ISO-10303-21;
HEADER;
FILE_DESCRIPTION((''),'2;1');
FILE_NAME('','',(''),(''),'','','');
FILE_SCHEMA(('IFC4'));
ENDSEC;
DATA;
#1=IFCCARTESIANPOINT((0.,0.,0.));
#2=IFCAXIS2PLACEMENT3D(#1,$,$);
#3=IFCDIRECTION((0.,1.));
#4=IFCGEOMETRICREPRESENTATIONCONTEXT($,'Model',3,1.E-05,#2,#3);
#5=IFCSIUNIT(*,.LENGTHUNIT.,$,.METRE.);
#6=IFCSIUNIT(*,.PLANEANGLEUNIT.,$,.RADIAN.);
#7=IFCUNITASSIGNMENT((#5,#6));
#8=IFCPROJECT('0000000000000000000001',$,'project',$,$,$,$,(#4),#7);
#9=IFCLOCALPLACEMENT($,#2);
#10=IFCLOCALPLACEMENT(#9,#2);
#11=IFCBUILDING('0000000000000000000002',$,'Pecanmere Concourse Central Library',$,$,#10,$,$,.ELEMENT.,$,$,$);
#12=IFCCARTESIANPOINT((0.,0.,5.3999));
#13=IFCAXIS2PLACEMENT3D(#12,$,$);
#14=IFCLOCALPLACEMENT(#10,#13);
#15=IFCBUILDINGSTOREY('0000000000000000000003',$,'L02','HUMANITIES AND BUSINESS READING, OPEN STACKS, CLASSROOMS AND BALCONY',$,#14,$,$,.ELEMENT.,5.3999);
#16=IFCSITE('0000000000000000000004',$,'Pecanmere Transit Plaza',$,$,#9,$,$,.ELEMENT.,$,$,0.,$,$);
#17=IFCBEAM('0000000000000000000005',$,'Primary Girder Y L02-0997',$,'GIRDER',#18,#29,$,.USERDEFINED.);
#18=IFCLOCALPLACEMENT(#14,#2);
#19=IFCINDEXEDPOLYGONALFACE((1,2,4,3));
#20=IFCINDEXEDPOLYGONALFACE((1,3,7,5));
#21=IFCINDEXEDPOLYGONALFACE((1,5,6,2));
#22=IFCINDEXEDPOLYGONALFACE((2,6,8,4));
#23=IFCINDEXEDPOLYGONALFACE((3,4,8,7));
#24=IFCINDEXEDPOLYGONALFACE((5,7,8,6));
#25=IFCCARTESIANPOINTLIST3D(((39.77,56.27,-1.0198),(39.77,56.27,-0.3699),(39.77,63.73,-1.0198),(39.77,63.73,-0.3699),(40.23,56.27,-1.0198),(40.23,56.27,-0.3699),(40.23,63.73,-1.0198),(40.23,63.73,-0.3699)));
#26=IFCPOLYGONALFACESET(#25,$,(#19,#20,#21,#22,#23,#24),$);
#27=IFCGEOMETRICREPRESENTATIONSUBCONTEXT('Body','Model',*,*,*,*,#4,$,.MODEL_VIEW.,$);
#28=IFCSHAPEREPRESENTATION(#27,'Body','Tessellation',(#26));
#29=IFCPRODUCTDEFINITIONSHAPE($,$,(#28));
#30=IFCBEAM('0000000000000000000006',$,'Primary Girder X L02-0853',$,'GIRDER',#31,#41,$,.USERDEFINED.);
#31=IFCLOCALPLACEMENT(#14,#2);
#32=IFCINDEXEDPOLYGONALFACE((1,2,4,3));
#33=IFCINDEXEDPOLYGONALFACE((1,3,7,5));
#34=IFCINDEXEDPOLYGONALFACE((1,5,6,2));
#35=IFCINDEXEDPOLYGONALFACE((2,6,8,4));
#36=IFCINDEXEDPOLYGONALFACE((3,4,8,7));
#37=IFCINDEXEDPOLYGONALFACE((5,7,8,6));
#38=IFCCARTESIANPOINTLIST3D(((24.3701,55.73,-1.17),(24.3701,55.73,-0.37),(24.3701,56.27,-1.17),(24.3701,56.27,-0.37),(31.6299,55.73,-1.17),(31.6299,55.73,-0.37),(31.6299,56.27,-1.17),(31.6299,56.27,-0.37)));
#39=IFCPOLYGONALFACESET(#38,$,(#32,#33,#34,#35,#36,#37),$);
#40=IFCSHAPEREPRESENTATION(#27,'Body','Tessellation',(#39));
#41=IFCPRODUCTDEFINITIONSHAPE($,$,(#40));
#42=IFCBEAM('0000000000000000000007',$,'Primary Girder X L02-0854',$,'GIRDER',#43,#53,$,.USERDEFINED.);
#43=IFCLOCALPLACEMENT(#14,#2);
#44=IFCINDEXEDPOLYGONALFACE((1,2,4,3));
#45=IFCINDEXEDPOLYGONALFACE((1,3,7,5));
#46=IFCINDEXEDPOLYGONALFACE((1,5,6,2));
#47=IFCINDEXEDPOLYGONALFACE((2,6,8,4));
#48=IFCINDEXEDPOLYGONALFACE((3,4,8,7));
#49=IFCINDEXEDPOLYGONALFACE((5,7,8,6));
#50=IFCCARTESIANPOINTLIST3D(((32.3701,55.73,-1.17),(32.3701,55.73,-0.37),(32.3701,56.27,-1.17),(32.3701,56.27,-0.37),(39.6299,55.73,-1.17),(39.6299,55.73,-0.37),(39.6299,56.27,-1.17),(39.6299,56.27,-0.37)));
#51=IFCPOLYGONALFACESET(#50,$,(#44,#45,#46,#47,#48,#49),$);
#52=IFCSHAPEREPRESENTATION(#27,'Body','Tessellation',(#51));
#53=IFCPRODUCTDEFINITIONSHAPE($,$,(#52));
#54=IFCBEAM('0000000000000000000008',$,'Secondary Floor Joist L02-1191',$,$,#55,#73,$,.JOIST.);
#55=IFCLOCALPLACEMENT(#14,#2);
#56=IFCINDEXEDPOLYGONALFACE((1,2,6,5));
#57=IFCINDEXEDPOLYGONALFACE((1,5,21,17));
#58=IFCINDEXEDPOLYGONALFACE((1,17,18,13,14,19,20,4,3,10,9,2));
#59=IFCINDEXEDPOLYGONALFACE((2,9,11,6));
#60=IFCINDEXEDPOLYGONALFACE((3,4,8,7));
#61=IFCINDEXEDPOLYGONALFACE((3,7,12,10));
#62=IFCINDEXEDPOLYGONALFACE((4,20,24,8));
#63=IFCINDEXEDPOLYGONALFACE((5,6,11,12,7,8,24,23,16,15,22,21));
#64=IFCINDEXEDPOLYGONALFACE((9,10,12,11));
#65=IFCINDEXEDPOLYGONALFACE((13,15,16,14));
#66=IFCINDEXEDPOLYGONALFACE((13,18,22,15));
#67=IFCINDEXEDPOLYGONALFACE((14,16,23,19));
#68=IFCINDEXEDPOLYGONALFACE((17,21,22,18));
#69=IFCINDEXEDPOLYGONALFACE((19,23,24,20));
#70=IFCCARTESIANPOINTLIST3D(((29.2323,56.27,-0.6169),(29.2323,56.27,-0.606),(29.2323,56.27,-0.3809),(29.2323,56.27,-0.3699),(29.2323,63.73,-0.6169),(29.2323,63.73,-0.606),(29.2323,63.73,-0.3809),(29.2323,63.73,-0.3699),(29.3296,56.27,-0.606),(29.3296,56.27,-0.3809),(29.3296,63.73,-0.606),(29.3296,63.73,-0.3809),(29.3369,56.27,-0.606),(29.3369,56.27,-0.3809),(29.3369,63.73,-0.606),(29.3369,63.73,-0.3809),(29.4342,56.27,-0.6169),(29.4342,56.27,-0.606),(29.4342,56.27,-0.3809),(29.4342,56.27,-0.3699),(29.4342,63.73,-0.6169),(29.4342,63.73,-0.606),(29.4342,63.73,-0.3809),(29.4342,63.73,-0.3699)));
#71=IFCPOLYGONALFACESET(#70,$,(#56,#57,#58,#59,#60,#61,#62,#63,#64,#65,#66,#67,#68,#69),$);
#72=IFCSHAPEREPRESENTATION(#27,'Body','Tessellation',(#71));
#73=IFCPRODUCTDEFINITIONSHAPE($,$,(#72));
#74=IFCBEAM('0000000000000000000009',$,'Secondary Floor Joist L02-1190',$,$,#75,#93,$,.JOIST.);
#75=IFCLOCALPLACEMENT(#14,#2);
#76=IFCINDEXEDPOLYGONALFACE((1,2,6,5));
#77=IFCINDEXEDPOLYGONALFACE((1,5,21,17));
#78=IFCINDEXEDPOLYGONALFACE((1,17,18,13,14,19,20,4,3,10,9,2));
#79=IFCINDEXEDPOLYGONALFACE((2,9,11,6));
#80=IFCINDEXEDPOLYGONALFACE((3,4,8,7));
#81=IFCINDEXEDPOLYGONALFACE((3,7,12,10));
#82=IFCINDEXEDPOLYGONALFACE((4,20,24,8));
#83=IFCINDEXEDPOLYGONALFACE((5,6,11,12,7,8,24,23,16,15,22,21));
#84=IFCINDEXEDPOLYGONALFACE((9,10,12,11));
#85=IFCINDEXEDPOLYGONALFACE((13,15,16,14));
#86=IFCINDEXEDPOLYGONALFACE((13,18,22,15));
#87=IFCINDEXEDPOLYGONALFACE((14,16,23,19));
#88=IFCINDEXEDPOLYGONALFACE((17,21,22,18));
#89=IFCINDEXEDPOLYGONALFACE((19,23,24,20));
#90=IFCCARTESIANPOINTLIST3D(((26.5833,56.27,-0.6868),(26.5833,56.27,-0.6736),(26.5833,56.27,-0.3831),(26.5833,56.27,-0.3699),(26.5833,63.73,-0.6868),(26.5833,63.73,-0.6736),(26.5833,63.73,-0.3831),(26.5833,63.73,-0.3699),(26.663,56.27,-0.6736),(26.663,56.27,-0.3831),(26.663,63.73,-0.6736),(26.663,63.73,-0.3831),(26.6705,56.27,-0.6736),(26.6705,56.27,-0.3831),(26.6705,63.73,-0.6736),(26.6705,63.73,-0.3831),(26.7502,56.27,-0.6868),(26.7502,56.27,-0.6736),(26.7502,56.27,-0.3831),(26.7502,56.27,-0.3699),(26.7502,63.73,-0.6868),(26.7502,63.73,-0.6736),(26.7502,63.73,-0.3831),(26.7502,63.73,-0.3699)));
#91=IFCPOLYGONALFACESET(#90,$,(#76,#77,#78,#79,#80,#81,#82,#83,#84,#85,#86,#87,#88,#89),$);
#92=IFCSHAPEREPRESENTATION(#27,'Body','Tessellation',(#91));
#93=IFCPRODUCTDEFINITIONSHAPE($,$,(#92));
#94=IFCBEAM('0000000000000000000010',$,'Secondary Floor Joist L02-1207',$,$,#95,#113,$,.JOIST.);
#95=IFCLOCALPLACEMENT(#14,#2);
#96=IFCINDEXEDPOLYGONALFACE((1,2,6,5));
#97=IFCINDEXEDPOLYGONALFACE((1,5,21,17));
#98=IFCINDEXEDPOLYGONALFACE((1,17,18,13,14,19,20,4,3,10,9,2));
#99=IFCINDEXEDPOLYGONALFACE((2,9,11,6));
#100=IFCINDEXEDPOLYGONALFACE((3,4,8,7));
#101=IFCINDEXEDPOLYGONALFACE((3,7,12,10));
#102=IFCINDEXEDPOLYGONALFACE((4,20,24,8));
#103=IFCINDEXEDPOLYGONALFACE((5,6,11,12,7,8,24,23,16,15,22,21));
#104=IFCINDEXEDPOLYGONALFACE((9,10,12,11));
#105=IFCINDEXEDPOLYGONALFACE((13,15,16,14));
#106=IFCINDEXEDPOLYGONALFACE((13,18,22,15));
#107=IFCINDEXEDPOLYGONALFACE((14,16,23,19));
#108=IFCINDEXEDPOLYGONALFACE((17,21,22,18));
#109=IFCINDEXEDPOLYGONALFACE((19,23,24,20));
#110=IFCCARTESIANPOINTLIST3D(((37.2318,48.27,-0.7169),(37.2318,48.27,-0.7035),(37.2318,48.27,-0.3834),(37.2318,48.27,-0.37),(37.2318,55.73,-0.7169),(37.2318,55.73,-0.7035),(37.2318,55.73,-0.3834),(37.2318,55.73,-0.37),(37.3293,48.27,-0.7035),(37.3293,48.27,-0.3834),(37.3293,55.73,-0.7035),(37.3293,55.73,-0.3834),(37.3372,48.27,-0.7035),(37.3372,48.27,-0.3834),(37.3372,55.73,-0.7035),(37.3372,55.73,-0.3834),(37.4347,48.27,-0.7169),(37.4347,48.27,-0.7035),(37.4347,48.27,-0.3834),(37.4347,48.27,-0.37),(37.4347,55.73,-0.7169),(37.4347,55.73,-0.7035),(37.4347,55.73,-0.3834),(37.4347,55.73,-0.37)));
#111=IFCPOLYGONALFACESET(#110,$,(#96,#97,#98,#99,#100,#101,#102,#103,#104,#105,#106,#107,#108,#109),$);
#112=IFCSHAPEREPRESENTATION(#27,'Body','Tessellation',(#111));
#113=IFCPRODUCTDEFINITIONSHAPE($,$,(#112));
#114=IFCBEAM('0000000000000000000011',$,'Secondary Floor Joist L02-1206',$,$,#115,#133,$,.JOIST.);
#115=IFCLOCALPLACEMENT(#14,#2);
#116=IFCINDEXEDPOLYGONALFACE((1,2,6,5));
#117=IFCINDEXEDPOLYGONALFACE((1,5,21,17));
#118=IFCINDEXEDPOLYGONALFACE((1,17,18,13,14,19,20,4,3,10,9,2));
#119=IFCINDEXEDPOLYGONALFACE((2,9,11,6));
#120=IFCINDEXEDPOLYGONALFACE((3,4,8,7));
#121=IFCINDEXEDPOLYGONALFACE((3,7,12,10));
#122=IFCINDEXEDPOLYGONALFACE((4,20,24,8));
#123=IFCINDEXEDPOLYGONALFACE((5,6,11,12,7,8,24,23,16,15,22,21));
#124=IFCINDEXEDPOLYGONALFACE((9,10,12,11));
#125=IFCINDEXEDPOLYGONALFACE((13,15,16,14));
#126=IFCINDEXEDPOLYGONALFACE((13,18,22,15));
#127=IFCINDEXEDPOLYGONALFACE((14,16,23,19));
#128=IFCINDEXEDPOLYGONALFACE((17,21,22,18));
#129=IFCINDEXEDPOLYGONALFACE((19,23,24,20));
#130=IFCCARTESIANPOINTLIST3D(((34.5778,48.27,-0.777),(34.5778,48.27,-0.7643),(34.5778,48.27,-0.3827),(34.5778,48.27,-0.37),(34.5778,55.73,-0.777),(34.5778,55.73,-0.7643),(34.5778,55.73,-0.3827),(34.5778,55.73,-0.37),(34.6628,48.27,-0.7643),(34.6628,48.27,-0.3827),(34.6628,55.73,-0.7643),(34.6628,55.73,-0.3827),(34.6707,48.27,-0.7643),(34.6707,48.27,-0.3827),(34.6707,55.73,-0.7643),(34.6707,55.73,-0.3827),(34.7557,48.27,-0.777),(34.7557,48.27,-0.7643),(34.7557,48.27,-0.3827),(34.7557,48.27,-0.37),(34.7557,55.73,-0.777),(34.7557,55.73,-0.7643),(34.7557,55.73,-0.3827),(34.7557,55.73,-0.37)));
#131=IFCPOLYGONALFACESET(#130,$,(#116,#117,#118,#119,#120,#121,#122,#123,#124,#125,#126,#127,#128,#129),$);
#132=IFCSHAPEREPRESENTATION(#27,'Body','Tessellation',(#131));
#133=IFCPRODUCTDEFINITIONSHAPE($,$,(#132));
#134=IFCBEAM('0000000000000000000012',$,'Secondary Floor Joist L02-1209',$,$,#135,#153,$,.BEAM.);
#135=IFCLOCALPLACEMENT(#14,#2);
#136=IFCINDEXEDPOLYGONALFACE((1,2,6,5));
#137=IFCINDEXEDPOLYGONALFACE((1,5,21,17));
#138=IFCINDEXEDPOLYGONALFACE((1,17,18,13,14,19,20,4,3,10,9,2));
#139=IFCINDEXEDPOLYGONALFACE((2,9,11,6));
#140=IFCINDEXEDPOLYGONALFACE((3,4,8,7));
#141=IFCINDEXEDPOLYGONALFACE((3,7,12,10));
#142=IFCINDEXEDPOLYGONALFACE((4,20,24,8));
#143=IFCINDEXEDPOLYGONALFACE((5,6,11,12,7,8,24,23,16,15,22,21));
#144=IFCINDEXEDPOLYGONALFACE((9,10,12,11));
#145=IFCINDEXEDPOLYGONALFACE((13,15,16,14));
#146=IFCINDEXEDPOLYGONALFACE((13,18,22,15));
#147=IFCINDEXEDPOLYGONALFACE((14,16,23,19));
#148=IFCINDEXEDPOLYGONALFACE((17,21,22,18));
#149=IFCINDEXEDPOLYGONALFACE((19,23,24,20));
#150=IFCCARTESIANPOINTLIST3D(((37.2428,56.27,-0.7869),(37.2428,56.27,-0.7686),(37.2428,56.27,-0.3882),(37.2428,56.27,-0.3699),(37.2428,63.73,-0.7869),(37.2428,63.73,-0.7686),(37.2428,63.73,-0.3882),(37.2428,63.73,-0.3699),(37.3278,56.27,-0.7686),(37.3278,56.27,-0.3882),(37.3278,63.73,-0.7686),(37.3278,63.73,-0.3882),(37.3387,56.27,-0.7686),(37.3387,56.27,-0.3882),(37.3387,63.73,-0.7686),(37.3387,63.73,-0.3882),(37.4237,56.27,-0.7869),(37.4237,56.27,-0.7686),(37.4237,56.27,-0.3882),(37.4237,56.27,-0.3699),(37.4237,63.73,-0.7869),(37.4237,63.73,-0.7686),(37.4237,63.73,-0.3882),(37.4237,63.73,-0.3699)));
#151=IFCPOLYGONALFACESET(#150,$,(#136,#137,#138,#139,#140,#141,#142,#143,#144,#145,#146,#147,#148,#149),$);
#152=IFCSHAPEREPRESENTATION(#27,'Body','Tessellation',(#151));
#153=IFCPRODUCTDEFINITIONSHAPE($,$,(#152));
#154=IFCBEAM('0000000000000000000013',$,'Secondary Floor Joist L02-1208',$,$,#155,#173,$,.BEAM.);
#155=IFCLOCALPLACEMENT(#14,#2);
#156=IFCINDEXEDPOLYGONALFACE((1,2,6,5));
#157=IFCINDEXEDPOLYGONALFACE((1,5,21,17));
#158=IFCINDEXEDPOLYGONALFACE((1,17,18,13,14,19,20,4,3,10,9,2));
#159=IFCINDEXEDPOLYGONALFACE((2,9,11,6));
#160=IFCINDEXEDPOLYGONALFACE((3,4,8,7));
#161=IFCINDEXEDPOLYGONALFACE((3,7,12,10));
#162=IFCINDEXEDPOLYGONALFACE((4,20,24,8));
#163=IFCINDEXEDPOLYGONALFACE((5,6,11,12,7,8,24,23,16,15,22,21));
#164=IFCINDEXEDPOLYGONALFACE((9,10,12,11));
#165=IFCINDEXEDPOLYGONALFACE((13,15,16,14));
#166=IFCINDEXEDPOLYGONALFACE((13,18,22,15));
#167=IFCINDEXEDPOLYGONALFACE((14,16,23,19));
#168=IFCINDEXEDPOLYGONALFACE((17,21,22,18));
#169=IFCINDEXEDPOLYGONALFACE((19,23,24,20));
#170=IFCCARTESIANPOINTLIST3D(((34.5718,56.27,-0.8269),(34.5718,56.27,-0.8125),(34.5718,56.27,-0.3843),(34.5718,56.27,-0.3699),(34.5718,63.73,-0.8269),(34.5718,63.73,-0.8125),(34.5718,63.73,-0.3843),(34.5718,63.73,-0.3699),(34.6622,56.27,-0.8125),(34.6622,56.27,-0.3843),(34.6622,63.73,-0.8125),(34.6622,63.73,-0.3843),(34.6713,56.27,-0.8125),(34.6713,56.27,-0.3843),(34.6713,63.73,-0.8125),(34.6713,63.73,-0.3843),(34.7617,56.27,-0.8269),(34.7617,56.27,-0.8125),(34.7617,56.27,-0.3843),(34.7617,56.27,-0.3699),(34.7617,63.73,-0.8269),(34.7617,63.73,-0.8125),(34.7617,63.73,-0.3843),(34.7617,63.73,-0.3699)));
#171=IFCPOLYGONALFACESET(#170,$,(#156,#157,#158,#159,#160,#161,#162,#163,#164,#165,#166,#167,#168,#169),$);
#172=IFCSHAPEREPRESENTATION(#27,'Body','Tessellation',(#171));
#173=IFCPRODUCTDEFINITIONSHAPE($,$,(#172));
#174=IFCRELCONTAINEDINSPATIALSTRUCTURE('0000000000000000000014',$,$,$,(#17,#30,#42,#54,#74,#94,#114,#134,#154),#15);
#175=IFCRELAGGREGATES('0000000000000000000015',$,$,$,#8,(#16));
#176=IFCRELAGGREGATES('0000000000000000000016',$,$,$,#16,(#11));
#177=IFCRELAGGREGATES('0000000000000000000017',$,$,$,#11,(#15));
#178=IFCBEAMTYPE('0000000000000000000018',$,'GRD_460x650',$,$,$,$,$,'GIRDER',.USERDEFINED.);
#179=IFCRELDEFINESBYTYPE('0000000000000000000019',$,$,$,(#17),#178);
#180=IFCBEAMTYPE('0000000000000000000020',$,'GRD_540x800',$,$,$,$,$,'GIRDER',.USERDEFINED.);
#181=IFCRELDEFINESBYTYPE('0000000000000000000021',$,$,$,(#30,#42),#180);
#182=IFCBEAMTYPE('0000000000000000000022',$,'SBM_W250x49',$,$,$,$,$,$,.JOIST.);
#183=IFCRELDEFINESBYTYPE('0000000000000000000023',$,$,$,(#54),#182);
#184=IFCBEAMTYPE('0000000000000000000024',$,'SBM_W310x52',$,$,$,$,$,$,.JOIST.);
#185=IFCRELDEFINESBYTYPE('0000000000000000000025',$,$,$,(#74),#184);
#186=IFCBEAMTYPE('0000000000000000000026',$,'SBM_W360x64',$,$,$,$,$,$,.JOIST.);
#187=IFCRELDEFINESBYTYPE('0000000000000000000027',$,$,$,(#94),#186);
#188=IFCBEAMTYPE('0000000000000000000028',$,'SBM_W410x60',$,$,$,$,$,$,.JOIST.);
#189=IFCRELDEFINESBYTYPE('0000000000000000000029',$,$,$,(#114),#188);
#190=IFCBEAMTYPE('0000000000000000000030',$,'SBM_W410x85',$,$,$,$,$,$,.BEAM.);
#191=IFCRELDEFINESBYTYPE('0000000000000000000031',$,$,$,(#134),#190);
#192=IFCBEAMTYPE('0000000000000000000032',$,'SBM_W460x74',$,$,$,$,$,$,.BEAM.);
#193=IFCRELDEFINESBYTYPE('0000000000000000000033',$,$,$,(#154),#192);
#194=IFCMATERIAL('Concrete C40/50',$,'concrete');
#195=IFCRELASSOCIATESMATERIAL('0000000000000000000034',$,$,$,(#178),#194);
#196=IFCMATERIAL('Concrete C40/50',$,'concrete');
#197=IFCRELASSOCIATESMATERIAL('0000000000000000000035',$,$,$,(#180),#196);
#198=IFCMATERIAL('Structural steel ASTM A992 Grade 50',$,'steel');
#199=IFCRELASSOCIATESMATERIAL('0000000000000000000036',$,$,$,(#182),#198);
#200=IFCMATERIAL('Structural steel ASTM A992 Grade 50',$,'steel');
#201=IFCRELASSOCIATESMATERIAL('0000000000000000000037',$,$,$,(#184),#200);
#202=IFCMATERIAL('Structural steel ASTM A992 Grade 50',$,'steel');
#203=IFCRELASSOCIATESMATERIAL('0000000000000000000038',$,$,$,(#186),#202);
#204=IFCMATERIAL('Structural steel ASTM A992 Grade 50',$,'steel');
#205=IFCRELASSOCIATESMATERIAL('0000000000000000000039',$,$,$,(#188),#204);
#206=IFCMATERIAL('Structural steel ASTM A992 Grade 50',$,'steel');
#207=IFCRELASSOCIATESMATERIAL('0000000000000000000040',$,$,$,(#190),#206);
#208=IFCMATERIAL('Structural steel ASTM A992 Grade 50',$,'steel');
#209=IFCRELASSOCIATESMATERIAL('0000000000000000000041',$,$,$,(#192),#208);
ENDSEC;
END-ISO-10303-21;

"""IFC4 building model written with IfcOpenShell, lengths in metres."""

from ifc_helpers import new_model, si_unit, direction, frame, origin, origin_2d, place, context, subcontext, project, spatial, rectangle, i_section, extrude, material, material_profile, profile_set, type_object, element, save


model = new_model("IFC4")

# Units and contexts
model_context = context("Model", 3, precision=1e-05, world=origin(), true_north=direction((0.0, 1.0)))
body_context = subcontext(model_context, "Body", "Model", "MODEL_VIEW")
ifc_project = project(units=[si_unit("LENGTHUNIT", "METRE"), si_unit("PLANEANGLEUNIT", "RADIAN")], contexts=[model_context])

# Site, building, storey
site_placement = place(None, origin())
site = spatial("IfcSite", under=ifc_project, at=site_placement, Name="Pecanmere Transit Plaza", CompositionType="ELEMENT", RefElevation=0.0)
building_placement = place(site_placement, origin())
building = spatial("IfcBuilding", under=site, at=building_placement, Name="Pecanmere Concourse Central Library", CompositionType="ELEMENT")
storey_placement = place(building_placement, frame((0.0, 0.0, 5.3999)))
storey = spatial("IfcBuildingStorey", under=building, at=storey_placement, Name="L02", Description="HUMANITIES AND BUSINESS READING, OPEN STACKS, CLASSROOMS AND BALCONY", CompositionType="ELEMENT", Elevation=5.3999)

# Beams
ifc_material_1 = material(Name="Concrete C40/50", Category="concrete")
ifc_material_profile_1 = material_profile(ifc_material_1, rectangle(XDim=0.46, YDim=0.6499, at=origin_2d()), Name="RC 460x650")
ifc_profile_set_1 = profile_set([ifc_material_profile_1], Name="Concrete C40/50")
beam_type_1 = type_object("IfcBeamType", Name="GRD_460x650", ElementType="GIRDER", PredefinedType="USERDEFINED", material=ifc_profile_set_1)
for number, where, z_axis, x_axis, name in (
    (1, (40.0, 56.27, -0.6948), (0.0, 1.0, 0.0), (-1.0, 0.0, 0.0), "Primary Girder Y L02-0997"),
):
    element("IfcBeam", number, at=place(storey_placement, frame(where, z_axis=z_axis, x_axis=x_axis)), inside=storey, type_object=beam_type_1, Name=name, ObjectType="GIRDER", PredefinedType="USERDEFINED", context=body_context, shape_type="SweptSolid", body=[
        extrude(rectangle(XDim=0.46, YDim=0.6499, at=origin_2d()), origin(), (0.0, 0.0, 1.0), 7.46),
    ])
ifc_material_2 = material(Name="Concrete C40/50", Category="concrete")
ifc_material_profile_2 = material_profile(ifc_material_2, rectangle(XDim=0.54, YDim=0.8, at=origin_2d()), Name="RC 540x800")
ifc_profile_set_2 = profile_set([ifc_material_profile_2], Name="Concrete C40/50")
beam_type_2 = type_object("IfcBeamType", Name="GRD_540x800", ElementType="GIRDER", PredefinedType="USERDEFINED", material=ifc_profile_set_2)
for number, where, z_axis, x_axis, name in (
    (2, (24.3701, 56.0, -0.77), (1.0, 0.0, 0.0), (0.0, 1.0, 0.0), "Primary Girder X L02-0853"),
    (3, (32.3701, 56.0, -0.77), (1.0, 0.0, 0.0), (0.0, 1.0, 0.0), "Primary Girder X L02-0854"),
):
    element("IfcBeam", number, at=place(storey_placement, frame(where, z_axis=z_axis, x_axis=x_axis)), inside=storey, type_object=beam_type_2, Name=name, ObjectType="GIRDER", PredefinedType="USERDEFINED", context=body_context, shape_type="SweptSolid", body=[
        extrude(rectangle(XDim=0.54, YDim=0.8, at=origin_2d()), origin(), (0.0, 0.0, 1.0), 7.2598),
    ])
ifc_material_3 = material(Name="Structural steel ASTM A992 Grade 50", Category="steel")
ifc_material_profile_3 = material_profile(ifc_material_3, i_section(OverallWidth=0.2019, OverallDepth=0.2471, WebThickness=0.0073, FlangeThickness=0.011, at=origin_2d()), Name="W250x49.1")
ifc_profile_set_3 = profile_set([ifc_material_profile_3], Name="Structural steel ASTM A992 Grade 50")
beam_type_3 = type_object("IfcBeamType", Name="SBM_W250x49", PredefinedType="JOIST", material=ifc_profile_set_3)
beam_1_placement = place(storey_placement, frame((29.3333, 56.27, -0.4934), z_axis=(0.0, 1.0, 0.0), x_axis=(-1.0, 0.0, 0.0)))
element("IfcBeam", 4, at=beam_1_placement, inside=storey, type_object=beam_type_3, Name="Secondary Floor Joist L02-1191", PredefinedType="JOIST", context=body_context, shape_type="SweptSolid", body=[
    extrude(i_section(OverallWidth=0.2019, OverallDepth=0.2471, WebThickness=0.0073, FlangeThickness=0.011, at=origin_2d()), origin(), (0.0, 0.0, 1.0), 7.46),
])
ifc_material_4 = material(Name="Structural steel ASTM A992 Grade 50", Category="steel")
ifc_material_profile_4 = material_profile(ifc_material_4, i_section(OverallWidth=0.167, OverallDepth=0.3169, WebThickness=0.0076, FlangeThickness=0.0132, at=origin_2d()), Name="W310x52")
ifc_profile_set_4 = profile_set([ifc_material_profile_4], Name="Structural steel ASTM A992 Grade 50")
beam_type_4 = type_object("IfcBeamType", Name="SBM_W310x52", PredefinedType="JOIST", material=ifc_profile_set_4)
beam_2_placement = place(storey_placement, frame((26.6667, 56.27, -0.5283), z_axis=(0.0, 1.0, 0.0), x_axis=(-1.0, 0.0, 0.0)))
element("IfcBeam", 5, at=beam_2_placement, inside=storey, type_object=beam_type_4, Name="Secondary Floor Joist L02-1190", PredefinedType="JOIST", context=body_context, shape_type="SweptSolid", body=[
    extrude(i_section(OverallWidth=0.167, OverallDepth=0.3169, WebThickness=0.0076, FlangeThickness=0.0132, at=origin_2d()), origin(), (0.0, 0.0, 1.0), 7.46),
])
ifc_material_5 = material(Name="Structural steel ASTM A992 Grade 50", Category="steel")
ifc_material_profile_5 = material_profile(ifc_material_5, i_section(OverallWidth=0.2029, OverallDepth=0.3469, WebThickness=0.0078, FlangeThickness=0.0134, at=origin_2d()), Name="W360x64")
ifc_profile_set_5 = profile_set([ifc_material_profile_5], Name="Structural steel ASTM A992 Grade 50")
beam_type_5 = type_object("IfcBeamType", Name="SBM_W360x64", PredefinedType="JOIST", material=ifc_profile_set_5)
beam_3_placement = place(storey_placement, frame((37.3333, 48.27, -0.5435), z_axis=(0.0, 1.0, 0.0), x_axis=(-1.0, 0.0, 0.0)))
element("IfcBeam", 6, at=beam_3_placement, inside=storey, type_object=beam_type_5, Name="Secondary Floor Joist L02-1207", PredefinedType="JOIST", context=body_context, shape_type="SweptSolid", body=[
    extrude(i_section(OverallWidth=0.2029, OverallDepth=0.3469, WebThickness=0.0078, FlangeThickness=0.0134, at=origin_2d()), origin(), (0.0, 0.0, 1.0), 7.46),
])
ifc_material_6 = material(Name="Structural steel ASTM A992 Grade 50", Category="steel")
ifc_material_profile_6 = material_profile(ifc_material_6, i_section(OverallWidth=0.178, OverallDepth=0.407, WebThickness=0.0078, FlangeThickness=0.0127, at=origin_2d()), Name="W410x60")
ifc_profile_set_6 = profile_set([ifc_material_profile_6], Name="Structural steel ASTM A992 Grade 50")
beam_type_6 = type_object("IfcBeamType", Name="SBM_W410x60", PredefinedType="JOIST", material=ifc_profile_set_6)
beam_4_placement = place(storey_placement, frame((34.6667, 48.27, -0.5735), z_axis=(0.0, 1.0, 0.0), x_axis=(-1.0, 0.0, 0.0)))
element("IfcBeam", 7, at=beam_4_placement, inside=storey, type_object=beam_type_6, Name="Secondary Floor Joist L02-1206", PredefinedType="JOIST", context=body_context, shape_type="SweptSolid", body=[
    extrude(i_section(OverallWidth=0.178, OverallDepth=0.407, WebThickness=0.0078, FlangeThickness=0.0127, at=origin_2d()), origin(), (0.0, 0.0, 1.0), 7.46),
])
ifc_material_7 = material(Name="Structural steel ASTM A992 Grade 50", Category="steel")
ifc_material_profile_7 = material_profile(ifc_material_7, i_section(OverallWidth=0.1809, OverallDepth=0.417, WebThickness=0.011, FlangeThickness=0.0183, at=origin_2d()), Name="W410x85")
ifc_profile_set_7 = profile_set([ifc_material_profile_7], Name="Structural steel ASTM A992 Grade 50")
beam_type_7 = type_object("IfcBeamType", Name="SBM_W410x85", PredefinedType="BEAM", material=ifc_profile_set_7)
beam_5_placement = place(storey_placement, frame((37.3333, 56.27, -0.5784), z_axis=(0.0, 1.0, 0.0), x_axis=(-1.0, 0.0, 0.0)))
element("IfcBeam", 8, at=beam_5_placement, inside=storey, type_object=beam_type_7, Name="Secondary Floor Joist L02-1209", PredefinedType="BEAM", context=body_context, shape_type="SweptSolid", body=[
    extrude(i_section(OverallWidth=0.1809, OverallDepth=0.417, WebThickness=0.011, FlangeThickness=0.0183, at=origin_2d()), origin(), (0.0, 0.0, 1.0), 7.46),
])
ifc_material_8 = material(Name="Structural steel ASTM A992 Grade 50", Category="steel")
ifc_material_profile_8 = material_profile(ifc_material_8, i_section(OverallWidth=0.1899, OverallDepth=0.457, WebThickness=0.009, FlangeThickness=0.0144, at=origin_2d()), Name="W460x74")
ifc_profile_set_8 = profile_set([ifc_material_profile_8], Name="Structural steel ASTM A992 Grade 50")
beam_type_8 = type_object("IfcBeamType", Name="SBM_W460x74", PredefinedType="BEAM", material=ifc_profile_set_8)
beam_6_placement = place(storey_placement, frame((34.6667, 56.27, -0.5984), z_axis=(0.0, 1.0, 0.0), x_axis=(-1.0, 0.0, 0.0)))
element("IfcBeam", 9, at=beam_6_placement, inside=storey, type_object=beam_type_8, Name="Secondary Floor Joist L02-1208", PredefinedType="BEAM", context=body_context, shape_type="SweptSolid", body=[
    extrude(i_section(OverallWidth=0.1899, OverallDepth=0.457, WebThickness=0.009, FlangeThickness=0.0144, at=origin_2d()), origin(), (0.0, 0.0, 1.0), 7.46),
])

save(model, "model.ifc")
